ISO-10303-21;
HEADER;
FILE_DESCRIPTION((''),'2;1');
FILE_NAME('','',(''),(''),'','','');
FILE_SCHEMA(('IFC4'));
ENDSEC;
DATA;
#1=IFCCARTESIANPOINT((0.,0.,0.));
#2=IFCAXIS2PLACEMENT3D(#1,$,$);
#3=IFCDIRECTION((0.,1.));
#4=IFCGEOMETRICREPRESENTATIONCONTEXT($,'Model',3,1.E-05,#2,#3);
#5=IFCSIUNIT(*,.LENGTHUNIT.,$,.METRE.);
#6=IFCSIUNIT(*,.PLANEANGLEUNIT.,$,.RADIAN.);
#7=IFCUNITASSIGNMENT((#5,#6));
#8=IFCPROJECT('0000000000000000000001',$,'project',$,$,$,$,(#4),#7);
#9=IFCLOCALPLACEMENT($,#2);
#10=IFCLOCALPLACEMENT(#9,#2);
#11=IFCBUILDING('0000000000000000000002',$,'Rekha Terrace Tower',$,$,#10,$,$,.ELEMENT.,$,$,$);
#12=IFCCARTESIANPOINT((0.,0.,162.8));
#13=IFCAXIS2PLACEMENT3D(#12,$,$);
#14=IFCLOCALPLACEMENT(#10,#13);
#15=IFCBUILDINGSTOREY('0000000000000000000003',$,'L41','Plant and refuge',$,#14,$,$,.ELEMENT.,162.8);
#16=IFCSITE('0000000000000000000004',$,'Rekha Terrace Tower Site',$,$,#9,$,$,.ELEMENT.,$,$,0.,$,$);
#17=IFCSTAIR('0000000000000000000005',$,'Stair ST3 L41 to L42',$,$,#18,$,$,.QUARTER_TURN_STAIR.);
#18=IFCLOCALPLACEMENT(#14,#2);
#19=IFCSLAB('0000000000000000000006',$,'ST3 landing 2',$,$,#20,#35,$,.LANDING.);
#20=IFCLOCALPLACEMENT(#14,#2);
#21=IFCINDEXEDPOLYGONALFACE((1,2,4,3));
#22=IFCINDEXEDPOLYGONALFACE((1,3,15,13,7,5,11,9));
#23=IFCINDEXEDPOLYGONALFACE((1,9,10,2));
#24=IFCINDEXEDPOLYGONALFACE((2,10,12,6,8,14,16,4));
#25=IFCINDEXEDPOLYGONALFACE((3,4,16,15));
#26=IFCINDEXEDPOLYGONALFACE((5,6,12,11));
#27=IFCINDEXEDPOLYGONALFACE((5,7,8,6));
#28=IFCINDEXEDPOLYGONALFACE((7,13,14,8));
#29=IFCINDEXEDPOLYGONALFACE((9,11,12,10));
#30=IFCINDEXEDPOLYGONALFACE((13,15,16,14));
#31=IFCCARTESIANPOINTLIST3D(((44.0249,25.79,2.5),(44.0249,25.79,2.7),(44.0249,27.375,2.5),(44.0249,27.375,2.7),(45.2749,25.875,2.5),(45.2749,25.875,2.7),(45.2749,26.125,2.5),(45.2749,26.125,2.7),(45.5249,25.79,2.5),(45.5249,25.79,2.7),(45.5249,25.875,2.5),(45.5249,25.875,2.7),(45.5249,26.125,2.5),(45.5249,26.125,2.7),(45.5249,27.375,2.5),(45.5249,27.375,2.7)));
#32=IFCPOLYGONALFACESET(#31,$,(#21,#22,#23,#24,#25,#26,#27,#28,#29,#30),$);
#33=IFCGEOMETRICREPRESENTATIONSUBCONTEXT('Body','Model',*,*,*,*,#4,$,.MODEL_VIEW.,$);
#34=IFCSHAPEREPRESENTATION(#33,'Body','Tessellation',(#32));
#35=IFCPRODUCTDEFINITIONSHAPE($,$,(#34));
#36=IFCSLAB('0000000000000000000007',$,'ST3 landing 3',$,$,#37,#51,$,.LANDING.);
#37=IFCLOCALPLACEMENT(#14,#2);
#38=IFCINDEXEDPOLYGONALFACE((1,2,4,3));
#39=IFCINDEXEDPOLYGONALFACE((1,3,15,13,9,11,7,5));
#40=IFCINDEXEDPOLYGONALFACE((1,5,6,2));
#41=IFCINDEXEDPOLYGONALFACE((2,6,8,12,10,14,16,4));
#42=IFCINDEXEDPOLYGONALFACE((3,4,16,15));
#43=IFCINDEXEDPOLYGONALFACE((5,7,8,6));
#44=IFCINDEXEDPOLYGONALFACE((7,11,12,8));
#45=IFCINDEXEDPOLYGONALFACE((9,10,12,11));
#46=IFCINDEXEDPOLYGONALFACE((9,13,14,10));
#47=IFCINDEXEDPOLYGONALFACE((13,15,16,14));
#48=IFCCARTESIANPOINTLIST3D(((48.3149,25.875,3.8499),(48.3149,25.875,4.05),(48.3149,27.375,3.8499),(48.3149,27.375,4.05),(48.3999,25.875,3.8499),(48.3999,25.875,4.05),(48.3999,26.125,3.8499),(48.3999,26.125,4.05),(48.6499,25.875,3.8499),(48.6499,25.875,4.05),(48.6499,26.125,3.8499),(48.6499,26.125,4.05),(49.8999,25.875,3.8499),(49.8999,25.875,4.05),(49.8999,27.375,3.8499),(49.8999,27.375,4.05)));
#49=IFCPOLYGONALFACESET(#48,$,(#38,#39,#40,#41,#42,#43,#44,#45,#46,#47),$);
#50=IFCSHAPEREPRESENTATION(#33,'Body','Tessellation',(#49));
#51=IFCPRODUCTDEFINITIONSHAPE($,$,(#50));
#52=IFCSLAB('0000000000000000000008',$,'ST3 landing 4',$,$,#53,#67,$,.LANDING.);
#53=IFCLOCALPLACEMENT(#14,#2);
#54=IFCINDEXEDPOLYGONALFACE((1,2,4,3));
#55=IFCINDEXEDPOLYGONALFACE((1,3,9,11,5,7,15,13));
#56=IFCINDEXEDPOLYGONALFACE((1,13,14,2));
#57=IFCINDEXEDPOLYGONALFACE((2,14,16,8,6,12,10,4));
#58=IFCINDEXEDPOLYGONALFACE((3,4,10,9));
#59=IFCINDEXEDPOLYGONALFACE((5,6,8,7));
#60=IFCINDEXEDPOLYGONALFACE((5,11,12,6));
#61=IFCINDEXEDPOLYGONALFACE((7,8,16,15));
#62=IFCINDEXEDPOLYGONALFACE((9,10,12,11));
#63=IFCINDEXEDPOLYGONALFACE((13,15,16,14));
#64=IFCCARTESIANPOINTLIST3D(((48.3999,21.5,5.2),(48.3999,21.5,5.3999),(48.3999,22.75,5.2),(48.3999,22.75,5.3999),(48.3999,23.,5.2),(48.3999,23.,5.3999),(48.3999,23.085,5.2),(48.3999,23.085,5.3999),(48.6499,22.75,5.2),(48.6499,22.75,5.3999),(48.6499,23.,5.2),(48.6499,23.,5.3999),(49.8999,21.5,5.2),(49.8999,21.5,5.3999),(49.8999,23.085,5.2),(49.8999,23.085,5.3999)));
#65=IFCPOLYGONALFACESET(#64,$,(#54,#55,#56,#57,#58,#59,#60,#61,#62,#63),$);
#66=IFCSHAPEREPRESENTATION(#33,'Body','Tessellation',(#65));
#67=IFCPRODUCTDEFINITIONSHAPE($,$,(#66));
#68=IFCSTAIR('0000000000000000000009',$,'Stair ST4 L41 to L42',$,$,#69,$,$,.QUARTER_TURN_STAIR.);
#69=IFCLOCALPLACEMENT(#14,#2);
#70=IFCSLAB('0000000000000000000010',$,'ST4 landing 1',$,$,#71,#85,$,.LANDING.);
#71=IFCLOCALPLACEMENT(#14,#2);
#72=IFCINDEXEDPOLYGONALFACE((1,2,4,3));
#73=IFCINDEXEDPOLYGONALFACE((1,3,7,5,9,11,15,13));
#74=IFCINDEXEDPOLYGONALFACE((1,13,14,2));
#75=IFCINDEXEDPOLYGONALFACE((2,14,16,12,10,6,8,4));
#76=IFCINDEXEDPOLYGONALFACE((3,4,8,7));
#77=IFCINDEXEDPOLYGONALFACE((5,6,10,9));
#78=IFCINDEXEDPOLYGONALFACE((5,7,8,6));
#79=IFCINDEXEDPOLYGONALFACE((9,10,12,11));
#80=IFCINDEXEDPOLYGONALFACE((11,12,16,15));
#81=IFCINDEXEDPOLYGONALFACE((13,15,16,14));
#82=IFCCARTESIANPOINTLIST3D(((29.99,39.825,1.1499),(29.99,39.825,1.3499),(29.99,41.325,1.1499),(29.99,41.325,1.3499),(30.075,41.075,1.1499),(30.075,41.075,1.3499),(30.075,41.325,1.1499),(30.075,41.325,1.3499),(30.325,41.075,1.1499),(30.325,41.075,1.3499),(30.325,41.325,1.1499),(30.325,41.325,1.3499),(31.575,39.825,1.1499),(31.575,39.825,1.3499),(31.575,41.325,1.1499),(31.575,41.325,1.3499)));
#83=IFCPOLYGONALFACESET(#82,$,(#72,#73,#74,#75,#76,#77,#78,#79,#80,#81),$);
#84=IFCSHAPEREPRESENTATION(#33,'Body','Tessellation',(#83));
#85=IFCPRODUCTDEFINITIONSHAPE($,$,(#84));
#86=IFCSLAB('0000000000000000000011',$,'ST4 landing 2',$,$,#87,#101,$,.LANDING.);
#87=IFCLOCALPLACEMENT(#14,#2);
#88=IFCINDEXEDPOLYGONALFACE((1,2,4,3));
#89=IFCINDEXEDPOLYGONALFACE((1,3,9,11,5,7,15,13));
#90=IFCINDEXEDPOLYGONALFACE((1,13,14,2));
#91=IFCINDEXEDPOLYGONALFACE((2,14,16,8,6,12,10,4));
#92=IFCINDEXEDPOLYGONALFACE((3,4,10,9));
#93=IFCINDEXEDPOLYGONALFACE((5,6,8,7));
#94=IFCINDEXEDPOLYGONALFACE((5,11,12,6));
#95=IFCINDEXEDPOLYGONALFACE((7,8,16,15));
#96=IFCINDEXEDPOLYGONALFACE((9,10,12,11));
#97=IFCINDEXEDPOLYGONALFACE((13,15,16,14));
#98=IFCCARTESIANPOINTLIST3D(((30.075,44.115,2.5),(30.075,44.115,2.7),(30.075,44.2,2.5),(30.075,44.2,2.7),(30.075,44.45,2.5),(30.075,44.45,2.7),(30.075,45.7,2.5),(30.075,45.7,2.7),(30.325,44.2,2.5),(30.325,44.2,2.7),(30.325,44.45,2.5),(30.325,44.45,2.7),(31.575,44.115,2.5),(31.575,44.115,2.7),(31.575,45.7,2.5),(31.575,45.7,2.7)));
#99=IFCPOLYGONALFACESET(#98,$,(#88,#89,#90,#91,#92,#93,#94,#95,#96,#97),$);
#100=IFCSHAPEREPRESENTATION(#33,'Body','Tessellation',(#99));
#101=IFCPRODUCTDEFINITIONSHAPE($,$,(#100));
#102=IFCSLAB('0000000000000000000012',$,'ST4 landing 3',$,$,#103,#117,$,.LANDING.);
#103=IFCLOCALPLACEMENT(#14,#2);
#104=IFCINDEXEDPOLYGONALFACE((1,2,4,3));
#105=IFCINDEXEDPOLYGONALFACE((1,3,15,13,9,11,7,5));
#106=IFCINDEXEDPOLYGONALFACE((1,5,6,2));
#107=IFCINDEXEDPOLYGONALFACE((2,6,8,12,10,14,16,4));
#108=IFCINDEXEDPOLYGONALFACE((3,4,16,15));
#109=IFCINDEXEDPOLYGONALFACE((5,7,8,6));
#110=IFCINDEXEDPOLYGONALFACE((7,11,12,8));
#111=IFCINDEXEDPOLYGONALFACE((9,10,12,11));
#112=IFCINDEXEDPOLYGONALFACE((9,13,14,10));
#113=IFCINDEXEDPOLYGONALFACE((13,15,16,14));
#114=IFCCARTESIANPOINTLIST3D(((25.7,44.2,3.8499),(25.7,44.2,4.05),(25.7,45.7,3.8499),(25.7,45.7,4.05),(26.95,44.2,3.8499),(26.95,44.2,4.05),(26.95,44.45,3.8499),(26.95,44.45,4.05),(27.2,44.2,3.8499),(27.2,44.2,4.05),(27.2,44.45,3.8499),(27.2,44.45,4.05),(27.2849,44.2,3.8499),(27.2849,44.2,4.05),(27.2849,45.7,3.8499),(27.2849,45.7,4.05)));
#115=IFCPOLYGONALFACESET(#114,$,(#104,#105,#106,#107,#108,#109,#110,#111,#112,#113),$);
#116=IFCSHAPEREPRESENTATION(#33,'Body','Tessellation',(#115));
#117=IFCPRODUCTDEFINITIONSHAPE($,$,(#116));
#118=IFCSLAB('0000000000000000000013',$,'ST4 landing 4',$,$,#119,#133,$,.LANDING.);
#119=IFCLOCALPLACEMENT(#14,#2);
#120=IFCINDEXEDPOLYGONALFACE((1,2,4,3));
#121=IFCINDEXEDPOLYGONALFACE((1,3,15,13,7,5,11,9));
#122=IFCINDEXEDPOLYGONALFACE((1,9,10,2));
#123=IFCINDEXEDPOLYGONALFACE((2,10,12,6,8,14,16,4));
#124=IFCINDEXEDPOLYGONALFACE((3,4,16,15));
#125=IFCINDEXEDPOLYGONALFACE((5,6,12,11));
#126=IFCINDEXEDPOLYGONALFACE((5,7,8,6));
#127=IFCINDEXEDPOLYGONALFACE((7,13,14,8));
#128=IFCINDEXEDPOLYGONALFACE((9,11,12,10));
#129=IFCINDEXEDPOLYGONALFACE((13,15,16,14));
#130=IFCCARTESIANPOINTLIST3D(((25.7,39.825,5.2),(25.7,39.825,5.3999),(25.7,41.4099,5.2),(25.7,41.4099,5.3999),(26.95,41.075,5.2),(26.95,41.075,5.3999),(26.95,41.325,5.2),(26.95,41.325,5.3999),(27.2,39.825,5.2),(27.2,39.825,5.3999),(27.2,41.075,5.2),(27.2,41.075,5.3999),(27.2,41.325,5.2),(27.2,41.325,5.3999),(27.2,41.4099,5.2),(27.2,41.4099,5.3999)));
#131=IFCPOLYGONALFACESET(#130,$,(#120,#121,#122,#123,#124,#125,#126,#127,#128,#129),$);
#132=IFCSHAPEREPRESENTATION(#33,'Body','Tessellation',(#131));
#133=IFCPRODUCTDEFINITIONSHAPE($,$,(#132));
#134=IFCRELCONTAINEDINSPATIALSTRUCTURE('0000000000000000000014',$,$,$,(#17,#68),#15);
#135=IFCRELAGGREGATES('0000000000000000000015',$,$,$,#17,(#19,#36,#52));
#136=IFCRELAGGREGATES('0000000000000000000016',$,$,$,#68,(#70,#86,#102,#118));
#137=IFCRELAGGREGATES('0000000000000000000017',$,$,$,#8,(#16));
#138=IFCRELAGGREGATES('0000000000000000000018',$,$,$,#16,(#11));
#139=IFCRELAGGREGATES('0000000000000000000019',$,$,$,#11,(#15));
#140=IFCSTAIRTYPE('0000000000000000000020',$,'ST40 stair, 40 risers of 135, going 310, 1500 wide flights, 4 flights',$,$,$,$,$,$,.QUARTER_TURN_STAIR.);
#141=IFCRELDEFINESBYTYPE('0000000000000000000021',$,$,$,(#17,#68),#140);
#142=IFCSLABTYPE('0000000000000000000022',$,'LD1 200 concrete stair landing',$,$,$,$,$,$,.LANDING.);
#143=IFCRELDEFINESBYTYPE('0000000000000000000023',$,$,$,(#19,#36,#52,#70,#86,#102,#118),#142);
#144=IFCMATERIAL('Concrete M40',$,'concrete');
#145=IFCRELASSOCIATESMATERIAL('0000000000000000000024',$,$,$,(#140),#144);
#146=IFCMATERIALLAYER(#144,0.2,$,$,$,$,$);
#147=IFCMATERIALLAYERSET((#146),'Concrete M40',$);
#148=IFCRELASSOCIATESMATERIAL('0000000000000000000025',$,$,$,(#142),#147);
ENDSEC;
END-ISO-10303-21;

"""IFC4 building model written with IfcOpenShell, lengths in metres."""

from ifc_helpers import new_model, si_unit, direction, frame, origin, place, context, subcontext, project, spatial, polyline, outline, extrude, material, layer, layer_set, type_object, element, aggregate, save


model = new_model("IFC4")

# Units and contexts
model_context = context("Model", 3, precision=1e-05, world=origin(), true_north=direction((0.0, 1.0)))
body_context = subcontext(model_context, "Body", "Model", "MODEL_VIEW")
ifc_project = project(units=[si_unit("LENGTHUNIT", "METRE"), si_unit("PLANEANGLEUNIT", "RADIAN")], contexts=[model_context])

# Site, building, storey
site_placement = place(None, origin())
site = spatial("IfcSite", under=ifc_project, at=site_placement, Name="Rekha Terrace Tower Site", CompositionType="ELEMENT", RefElevation=0.0)
building_placement = place(site_placement, origin())
building = spatial("IfcBuilding", under=site, at=building_placement, Name="Rekha Terrace Tower", CompositionType="ELEMENT")
storey_placement = place(building_placement, frame((0.0, 0.0, 162.8)))
storey = spatial("IfcBuildingStorey", under=building, at=storey_placement, Name="L41", Description="Plant and refuge", CompositionType="ELEMENT", Elevation=162.8)

# Stairs, slabs
ifc_material_1 = material(Name="Concrete M40", Category="concrete")
stair_type = type_object("IfcStairType", Name="ST40 stair, 40 risers of 135, going 310, 1500 wide flights, 4 flights", PredefinedType="QUARTER_TURN_STAIR", material=ifc_material_1)
ifc_layer_1 = layer(ifc_material_1, 0.2)
ifc_layer_set_1 = layer_set([ifc_layer_1], Name="Concrete M40")
slab_type_1 = type_object("IfcSlabType", Name="LD1 200 concrete stair landing", PredefinedType="LANDING", material=ifc_layer_set_1)
stair_1_placement = place(storey_placement, origin())
stair_1 = element("IfcStair", 1, at=stair_1_placement, inside=storey, type_object=stair_type, Name="Stair ST3 L41 to L42", PredefinedType="QUARTER_TURN_STAIR")
slab_1_placement = place(storey_placement, frame((0.0, 0.0, 2.5)))
slab_1 = element("IfcSlab", 2, at=slab_1_placement, type_object=slab_type_1, Name="ST3 landing 2", PredefinedType="LANDING", context=body_context, shape_type="SweptSolid", body=[
    extrude(outline(polyline([(45.5249, 27.375), (44.0249, 27.375), (44.0249, 25.79), (45.5249, 25.79), (45.5249, 25.875), (45.2749, 25.875), (45.2749, 26.125), (45.5249, 26.125), (45.5249, 27.375)])), origin(), (0.0, 0.0, 1.0), 0.2),
])
slab_2_placement = place(storey_placement, frame((0.0, 0.0, 3.8499)))
slab_2 = element("IfcSlab", 3, at=slab_2_placement, type_object=slab_type_1, Name="ST3 landing 3", PredefinedType="LANDING", context=body_context, shape_type="SweptSolid", body=[
    extrude(outline(polyline([(49.8999, 25.875), (49.8999, 27.375), (48.3149, 27.375), (48.3149, 25.875), (48.3999, 25.875), (48.3999, 26.125), (48.6499, 26.125), (48.6499, 25.875), (49.8999, 25.875)])), origin(), (0.0, 0.0, 1.0), 0.2002),
])
slab_3_placement = place(storey_placement, frame((0.0, 0.0, 5.2)))
slab_3 = element("IfcSlab", 4, at=slab_3_placement, type_object=slab_type_1, Name="ST3 landing 4", PredefinedType="LANDING", context=body_context, shape_type="SweptSolid", body=[
    extrude(outline(polyline([(48.3999, 21.5), (49.8999, 21.5), (49.8999, 23.085), (48.3999, 23.085), (48.3999, 23.0), (48.6499, 23.0), (48.6499, 22.75), (48.3999, 22.75), (48.3999, 21.5)])), origin(), (0.0, 0.0, 1.0), 0.2),
])
aggregate(stair_1, [slab_1, slab_2, slab_3])
stair_2_placement = place(storey_placement, origin())
stair_2 = element("IfcStair", 5, at=stair_2_placement, inside=storey, type_object=stair_type, Name="Stair ST4 L41 to L42", PredefinedType="QUARTER_TURN_STAIR")
slab_4_placement = place(storey_placement, frame((0.0, 0.0, 1.1499)))
slab_4 = element("IfcSlab", 6, at=slab_4_placement, type_object=slab_type_1, Name="ST4 landing 1", PredefinedType="LANDING", context=body_context, shape_type="SweptSolid", body=[
    extrude(outline(polyline([(31.575, 41.325), (31.575, 39.825), (29.99, 39.825), (29.99, 41.325), (30.075, 41.325), (30.075, 41.075), (30.325, 41.075), (30.325, 41.325), (31.575, 41.325)])), origin(), (0.0, 0.0, 1.0), 0.2),
])
slab_5_placement = place(storey_placement, frame((0.0, 0.0, 2.5)))
slab_5 = element("IfcSlab", 7, at=slab_5_placement, type_object=slab_type_1, Name="ST4 landing 2", PredefinedType="LANDING", context=body_context, shape_type="SweptSolid", body=[
    extrude(outline(polyline([(30.075, 45.7), (31.575, 45.7), (31.575, 44.115), (30.075, 44.115), (30.075, 44.2), (30.325, 44.2), (30.325, 44.45), (30.075, 44.45), (30.075, 45.7)])), origin(), (0.0, 0.0, 1.0), 0.2),
])
slab_6_placement = place(storey_placement, frame((0.0, 0.0, 3.8499)))
slab_6 = element("IfcSlab", 8, at=slab_6_placement, type_object=slab_type_1, Name="ST4 landing 3", PredefinedType="LANDING", context=body_context, shape_type="SweptSolid", body=[
    extrude(outline(polyline([(25.7, 44.2), (25.7, 45.7), (27.2849, 45.7), (27.2849, 44.2), (27.2, 44.2), (27.2, 44.45), (26.95, 44.45), (26.95, 44.2), (25.7, 44.2)])), origin(), (0.0, 0.0, 1.0), 0.2002),
])
slab_7_placement = place(storey_placement, frame((0.0, 0.0, 5.2)))
slab_7 = element("IfcSlab", 9, at=slab_7_placement, type_object=slab_type_1, Name="ST4 landing 4", PredefinedType="LANDING", context=body_context, shape_type="SweptSolid", body=[
    extrude(outline(polyline([(27.2, 39.825), (25.7, 39.825), (25.7, 41.4099), (27.2, 41.4099), (27.2, 41.325), (26.95, 41.325), (26.95, 41.075), (27.2, 41.075), (27.2, 39.825)])), origin(), (0.0, 0.0, 1.0), 0.2),
])
aggregate(stair_2, [slab_4, slab_5, slab_6, slab_7])

save(model, "model.ifc")
